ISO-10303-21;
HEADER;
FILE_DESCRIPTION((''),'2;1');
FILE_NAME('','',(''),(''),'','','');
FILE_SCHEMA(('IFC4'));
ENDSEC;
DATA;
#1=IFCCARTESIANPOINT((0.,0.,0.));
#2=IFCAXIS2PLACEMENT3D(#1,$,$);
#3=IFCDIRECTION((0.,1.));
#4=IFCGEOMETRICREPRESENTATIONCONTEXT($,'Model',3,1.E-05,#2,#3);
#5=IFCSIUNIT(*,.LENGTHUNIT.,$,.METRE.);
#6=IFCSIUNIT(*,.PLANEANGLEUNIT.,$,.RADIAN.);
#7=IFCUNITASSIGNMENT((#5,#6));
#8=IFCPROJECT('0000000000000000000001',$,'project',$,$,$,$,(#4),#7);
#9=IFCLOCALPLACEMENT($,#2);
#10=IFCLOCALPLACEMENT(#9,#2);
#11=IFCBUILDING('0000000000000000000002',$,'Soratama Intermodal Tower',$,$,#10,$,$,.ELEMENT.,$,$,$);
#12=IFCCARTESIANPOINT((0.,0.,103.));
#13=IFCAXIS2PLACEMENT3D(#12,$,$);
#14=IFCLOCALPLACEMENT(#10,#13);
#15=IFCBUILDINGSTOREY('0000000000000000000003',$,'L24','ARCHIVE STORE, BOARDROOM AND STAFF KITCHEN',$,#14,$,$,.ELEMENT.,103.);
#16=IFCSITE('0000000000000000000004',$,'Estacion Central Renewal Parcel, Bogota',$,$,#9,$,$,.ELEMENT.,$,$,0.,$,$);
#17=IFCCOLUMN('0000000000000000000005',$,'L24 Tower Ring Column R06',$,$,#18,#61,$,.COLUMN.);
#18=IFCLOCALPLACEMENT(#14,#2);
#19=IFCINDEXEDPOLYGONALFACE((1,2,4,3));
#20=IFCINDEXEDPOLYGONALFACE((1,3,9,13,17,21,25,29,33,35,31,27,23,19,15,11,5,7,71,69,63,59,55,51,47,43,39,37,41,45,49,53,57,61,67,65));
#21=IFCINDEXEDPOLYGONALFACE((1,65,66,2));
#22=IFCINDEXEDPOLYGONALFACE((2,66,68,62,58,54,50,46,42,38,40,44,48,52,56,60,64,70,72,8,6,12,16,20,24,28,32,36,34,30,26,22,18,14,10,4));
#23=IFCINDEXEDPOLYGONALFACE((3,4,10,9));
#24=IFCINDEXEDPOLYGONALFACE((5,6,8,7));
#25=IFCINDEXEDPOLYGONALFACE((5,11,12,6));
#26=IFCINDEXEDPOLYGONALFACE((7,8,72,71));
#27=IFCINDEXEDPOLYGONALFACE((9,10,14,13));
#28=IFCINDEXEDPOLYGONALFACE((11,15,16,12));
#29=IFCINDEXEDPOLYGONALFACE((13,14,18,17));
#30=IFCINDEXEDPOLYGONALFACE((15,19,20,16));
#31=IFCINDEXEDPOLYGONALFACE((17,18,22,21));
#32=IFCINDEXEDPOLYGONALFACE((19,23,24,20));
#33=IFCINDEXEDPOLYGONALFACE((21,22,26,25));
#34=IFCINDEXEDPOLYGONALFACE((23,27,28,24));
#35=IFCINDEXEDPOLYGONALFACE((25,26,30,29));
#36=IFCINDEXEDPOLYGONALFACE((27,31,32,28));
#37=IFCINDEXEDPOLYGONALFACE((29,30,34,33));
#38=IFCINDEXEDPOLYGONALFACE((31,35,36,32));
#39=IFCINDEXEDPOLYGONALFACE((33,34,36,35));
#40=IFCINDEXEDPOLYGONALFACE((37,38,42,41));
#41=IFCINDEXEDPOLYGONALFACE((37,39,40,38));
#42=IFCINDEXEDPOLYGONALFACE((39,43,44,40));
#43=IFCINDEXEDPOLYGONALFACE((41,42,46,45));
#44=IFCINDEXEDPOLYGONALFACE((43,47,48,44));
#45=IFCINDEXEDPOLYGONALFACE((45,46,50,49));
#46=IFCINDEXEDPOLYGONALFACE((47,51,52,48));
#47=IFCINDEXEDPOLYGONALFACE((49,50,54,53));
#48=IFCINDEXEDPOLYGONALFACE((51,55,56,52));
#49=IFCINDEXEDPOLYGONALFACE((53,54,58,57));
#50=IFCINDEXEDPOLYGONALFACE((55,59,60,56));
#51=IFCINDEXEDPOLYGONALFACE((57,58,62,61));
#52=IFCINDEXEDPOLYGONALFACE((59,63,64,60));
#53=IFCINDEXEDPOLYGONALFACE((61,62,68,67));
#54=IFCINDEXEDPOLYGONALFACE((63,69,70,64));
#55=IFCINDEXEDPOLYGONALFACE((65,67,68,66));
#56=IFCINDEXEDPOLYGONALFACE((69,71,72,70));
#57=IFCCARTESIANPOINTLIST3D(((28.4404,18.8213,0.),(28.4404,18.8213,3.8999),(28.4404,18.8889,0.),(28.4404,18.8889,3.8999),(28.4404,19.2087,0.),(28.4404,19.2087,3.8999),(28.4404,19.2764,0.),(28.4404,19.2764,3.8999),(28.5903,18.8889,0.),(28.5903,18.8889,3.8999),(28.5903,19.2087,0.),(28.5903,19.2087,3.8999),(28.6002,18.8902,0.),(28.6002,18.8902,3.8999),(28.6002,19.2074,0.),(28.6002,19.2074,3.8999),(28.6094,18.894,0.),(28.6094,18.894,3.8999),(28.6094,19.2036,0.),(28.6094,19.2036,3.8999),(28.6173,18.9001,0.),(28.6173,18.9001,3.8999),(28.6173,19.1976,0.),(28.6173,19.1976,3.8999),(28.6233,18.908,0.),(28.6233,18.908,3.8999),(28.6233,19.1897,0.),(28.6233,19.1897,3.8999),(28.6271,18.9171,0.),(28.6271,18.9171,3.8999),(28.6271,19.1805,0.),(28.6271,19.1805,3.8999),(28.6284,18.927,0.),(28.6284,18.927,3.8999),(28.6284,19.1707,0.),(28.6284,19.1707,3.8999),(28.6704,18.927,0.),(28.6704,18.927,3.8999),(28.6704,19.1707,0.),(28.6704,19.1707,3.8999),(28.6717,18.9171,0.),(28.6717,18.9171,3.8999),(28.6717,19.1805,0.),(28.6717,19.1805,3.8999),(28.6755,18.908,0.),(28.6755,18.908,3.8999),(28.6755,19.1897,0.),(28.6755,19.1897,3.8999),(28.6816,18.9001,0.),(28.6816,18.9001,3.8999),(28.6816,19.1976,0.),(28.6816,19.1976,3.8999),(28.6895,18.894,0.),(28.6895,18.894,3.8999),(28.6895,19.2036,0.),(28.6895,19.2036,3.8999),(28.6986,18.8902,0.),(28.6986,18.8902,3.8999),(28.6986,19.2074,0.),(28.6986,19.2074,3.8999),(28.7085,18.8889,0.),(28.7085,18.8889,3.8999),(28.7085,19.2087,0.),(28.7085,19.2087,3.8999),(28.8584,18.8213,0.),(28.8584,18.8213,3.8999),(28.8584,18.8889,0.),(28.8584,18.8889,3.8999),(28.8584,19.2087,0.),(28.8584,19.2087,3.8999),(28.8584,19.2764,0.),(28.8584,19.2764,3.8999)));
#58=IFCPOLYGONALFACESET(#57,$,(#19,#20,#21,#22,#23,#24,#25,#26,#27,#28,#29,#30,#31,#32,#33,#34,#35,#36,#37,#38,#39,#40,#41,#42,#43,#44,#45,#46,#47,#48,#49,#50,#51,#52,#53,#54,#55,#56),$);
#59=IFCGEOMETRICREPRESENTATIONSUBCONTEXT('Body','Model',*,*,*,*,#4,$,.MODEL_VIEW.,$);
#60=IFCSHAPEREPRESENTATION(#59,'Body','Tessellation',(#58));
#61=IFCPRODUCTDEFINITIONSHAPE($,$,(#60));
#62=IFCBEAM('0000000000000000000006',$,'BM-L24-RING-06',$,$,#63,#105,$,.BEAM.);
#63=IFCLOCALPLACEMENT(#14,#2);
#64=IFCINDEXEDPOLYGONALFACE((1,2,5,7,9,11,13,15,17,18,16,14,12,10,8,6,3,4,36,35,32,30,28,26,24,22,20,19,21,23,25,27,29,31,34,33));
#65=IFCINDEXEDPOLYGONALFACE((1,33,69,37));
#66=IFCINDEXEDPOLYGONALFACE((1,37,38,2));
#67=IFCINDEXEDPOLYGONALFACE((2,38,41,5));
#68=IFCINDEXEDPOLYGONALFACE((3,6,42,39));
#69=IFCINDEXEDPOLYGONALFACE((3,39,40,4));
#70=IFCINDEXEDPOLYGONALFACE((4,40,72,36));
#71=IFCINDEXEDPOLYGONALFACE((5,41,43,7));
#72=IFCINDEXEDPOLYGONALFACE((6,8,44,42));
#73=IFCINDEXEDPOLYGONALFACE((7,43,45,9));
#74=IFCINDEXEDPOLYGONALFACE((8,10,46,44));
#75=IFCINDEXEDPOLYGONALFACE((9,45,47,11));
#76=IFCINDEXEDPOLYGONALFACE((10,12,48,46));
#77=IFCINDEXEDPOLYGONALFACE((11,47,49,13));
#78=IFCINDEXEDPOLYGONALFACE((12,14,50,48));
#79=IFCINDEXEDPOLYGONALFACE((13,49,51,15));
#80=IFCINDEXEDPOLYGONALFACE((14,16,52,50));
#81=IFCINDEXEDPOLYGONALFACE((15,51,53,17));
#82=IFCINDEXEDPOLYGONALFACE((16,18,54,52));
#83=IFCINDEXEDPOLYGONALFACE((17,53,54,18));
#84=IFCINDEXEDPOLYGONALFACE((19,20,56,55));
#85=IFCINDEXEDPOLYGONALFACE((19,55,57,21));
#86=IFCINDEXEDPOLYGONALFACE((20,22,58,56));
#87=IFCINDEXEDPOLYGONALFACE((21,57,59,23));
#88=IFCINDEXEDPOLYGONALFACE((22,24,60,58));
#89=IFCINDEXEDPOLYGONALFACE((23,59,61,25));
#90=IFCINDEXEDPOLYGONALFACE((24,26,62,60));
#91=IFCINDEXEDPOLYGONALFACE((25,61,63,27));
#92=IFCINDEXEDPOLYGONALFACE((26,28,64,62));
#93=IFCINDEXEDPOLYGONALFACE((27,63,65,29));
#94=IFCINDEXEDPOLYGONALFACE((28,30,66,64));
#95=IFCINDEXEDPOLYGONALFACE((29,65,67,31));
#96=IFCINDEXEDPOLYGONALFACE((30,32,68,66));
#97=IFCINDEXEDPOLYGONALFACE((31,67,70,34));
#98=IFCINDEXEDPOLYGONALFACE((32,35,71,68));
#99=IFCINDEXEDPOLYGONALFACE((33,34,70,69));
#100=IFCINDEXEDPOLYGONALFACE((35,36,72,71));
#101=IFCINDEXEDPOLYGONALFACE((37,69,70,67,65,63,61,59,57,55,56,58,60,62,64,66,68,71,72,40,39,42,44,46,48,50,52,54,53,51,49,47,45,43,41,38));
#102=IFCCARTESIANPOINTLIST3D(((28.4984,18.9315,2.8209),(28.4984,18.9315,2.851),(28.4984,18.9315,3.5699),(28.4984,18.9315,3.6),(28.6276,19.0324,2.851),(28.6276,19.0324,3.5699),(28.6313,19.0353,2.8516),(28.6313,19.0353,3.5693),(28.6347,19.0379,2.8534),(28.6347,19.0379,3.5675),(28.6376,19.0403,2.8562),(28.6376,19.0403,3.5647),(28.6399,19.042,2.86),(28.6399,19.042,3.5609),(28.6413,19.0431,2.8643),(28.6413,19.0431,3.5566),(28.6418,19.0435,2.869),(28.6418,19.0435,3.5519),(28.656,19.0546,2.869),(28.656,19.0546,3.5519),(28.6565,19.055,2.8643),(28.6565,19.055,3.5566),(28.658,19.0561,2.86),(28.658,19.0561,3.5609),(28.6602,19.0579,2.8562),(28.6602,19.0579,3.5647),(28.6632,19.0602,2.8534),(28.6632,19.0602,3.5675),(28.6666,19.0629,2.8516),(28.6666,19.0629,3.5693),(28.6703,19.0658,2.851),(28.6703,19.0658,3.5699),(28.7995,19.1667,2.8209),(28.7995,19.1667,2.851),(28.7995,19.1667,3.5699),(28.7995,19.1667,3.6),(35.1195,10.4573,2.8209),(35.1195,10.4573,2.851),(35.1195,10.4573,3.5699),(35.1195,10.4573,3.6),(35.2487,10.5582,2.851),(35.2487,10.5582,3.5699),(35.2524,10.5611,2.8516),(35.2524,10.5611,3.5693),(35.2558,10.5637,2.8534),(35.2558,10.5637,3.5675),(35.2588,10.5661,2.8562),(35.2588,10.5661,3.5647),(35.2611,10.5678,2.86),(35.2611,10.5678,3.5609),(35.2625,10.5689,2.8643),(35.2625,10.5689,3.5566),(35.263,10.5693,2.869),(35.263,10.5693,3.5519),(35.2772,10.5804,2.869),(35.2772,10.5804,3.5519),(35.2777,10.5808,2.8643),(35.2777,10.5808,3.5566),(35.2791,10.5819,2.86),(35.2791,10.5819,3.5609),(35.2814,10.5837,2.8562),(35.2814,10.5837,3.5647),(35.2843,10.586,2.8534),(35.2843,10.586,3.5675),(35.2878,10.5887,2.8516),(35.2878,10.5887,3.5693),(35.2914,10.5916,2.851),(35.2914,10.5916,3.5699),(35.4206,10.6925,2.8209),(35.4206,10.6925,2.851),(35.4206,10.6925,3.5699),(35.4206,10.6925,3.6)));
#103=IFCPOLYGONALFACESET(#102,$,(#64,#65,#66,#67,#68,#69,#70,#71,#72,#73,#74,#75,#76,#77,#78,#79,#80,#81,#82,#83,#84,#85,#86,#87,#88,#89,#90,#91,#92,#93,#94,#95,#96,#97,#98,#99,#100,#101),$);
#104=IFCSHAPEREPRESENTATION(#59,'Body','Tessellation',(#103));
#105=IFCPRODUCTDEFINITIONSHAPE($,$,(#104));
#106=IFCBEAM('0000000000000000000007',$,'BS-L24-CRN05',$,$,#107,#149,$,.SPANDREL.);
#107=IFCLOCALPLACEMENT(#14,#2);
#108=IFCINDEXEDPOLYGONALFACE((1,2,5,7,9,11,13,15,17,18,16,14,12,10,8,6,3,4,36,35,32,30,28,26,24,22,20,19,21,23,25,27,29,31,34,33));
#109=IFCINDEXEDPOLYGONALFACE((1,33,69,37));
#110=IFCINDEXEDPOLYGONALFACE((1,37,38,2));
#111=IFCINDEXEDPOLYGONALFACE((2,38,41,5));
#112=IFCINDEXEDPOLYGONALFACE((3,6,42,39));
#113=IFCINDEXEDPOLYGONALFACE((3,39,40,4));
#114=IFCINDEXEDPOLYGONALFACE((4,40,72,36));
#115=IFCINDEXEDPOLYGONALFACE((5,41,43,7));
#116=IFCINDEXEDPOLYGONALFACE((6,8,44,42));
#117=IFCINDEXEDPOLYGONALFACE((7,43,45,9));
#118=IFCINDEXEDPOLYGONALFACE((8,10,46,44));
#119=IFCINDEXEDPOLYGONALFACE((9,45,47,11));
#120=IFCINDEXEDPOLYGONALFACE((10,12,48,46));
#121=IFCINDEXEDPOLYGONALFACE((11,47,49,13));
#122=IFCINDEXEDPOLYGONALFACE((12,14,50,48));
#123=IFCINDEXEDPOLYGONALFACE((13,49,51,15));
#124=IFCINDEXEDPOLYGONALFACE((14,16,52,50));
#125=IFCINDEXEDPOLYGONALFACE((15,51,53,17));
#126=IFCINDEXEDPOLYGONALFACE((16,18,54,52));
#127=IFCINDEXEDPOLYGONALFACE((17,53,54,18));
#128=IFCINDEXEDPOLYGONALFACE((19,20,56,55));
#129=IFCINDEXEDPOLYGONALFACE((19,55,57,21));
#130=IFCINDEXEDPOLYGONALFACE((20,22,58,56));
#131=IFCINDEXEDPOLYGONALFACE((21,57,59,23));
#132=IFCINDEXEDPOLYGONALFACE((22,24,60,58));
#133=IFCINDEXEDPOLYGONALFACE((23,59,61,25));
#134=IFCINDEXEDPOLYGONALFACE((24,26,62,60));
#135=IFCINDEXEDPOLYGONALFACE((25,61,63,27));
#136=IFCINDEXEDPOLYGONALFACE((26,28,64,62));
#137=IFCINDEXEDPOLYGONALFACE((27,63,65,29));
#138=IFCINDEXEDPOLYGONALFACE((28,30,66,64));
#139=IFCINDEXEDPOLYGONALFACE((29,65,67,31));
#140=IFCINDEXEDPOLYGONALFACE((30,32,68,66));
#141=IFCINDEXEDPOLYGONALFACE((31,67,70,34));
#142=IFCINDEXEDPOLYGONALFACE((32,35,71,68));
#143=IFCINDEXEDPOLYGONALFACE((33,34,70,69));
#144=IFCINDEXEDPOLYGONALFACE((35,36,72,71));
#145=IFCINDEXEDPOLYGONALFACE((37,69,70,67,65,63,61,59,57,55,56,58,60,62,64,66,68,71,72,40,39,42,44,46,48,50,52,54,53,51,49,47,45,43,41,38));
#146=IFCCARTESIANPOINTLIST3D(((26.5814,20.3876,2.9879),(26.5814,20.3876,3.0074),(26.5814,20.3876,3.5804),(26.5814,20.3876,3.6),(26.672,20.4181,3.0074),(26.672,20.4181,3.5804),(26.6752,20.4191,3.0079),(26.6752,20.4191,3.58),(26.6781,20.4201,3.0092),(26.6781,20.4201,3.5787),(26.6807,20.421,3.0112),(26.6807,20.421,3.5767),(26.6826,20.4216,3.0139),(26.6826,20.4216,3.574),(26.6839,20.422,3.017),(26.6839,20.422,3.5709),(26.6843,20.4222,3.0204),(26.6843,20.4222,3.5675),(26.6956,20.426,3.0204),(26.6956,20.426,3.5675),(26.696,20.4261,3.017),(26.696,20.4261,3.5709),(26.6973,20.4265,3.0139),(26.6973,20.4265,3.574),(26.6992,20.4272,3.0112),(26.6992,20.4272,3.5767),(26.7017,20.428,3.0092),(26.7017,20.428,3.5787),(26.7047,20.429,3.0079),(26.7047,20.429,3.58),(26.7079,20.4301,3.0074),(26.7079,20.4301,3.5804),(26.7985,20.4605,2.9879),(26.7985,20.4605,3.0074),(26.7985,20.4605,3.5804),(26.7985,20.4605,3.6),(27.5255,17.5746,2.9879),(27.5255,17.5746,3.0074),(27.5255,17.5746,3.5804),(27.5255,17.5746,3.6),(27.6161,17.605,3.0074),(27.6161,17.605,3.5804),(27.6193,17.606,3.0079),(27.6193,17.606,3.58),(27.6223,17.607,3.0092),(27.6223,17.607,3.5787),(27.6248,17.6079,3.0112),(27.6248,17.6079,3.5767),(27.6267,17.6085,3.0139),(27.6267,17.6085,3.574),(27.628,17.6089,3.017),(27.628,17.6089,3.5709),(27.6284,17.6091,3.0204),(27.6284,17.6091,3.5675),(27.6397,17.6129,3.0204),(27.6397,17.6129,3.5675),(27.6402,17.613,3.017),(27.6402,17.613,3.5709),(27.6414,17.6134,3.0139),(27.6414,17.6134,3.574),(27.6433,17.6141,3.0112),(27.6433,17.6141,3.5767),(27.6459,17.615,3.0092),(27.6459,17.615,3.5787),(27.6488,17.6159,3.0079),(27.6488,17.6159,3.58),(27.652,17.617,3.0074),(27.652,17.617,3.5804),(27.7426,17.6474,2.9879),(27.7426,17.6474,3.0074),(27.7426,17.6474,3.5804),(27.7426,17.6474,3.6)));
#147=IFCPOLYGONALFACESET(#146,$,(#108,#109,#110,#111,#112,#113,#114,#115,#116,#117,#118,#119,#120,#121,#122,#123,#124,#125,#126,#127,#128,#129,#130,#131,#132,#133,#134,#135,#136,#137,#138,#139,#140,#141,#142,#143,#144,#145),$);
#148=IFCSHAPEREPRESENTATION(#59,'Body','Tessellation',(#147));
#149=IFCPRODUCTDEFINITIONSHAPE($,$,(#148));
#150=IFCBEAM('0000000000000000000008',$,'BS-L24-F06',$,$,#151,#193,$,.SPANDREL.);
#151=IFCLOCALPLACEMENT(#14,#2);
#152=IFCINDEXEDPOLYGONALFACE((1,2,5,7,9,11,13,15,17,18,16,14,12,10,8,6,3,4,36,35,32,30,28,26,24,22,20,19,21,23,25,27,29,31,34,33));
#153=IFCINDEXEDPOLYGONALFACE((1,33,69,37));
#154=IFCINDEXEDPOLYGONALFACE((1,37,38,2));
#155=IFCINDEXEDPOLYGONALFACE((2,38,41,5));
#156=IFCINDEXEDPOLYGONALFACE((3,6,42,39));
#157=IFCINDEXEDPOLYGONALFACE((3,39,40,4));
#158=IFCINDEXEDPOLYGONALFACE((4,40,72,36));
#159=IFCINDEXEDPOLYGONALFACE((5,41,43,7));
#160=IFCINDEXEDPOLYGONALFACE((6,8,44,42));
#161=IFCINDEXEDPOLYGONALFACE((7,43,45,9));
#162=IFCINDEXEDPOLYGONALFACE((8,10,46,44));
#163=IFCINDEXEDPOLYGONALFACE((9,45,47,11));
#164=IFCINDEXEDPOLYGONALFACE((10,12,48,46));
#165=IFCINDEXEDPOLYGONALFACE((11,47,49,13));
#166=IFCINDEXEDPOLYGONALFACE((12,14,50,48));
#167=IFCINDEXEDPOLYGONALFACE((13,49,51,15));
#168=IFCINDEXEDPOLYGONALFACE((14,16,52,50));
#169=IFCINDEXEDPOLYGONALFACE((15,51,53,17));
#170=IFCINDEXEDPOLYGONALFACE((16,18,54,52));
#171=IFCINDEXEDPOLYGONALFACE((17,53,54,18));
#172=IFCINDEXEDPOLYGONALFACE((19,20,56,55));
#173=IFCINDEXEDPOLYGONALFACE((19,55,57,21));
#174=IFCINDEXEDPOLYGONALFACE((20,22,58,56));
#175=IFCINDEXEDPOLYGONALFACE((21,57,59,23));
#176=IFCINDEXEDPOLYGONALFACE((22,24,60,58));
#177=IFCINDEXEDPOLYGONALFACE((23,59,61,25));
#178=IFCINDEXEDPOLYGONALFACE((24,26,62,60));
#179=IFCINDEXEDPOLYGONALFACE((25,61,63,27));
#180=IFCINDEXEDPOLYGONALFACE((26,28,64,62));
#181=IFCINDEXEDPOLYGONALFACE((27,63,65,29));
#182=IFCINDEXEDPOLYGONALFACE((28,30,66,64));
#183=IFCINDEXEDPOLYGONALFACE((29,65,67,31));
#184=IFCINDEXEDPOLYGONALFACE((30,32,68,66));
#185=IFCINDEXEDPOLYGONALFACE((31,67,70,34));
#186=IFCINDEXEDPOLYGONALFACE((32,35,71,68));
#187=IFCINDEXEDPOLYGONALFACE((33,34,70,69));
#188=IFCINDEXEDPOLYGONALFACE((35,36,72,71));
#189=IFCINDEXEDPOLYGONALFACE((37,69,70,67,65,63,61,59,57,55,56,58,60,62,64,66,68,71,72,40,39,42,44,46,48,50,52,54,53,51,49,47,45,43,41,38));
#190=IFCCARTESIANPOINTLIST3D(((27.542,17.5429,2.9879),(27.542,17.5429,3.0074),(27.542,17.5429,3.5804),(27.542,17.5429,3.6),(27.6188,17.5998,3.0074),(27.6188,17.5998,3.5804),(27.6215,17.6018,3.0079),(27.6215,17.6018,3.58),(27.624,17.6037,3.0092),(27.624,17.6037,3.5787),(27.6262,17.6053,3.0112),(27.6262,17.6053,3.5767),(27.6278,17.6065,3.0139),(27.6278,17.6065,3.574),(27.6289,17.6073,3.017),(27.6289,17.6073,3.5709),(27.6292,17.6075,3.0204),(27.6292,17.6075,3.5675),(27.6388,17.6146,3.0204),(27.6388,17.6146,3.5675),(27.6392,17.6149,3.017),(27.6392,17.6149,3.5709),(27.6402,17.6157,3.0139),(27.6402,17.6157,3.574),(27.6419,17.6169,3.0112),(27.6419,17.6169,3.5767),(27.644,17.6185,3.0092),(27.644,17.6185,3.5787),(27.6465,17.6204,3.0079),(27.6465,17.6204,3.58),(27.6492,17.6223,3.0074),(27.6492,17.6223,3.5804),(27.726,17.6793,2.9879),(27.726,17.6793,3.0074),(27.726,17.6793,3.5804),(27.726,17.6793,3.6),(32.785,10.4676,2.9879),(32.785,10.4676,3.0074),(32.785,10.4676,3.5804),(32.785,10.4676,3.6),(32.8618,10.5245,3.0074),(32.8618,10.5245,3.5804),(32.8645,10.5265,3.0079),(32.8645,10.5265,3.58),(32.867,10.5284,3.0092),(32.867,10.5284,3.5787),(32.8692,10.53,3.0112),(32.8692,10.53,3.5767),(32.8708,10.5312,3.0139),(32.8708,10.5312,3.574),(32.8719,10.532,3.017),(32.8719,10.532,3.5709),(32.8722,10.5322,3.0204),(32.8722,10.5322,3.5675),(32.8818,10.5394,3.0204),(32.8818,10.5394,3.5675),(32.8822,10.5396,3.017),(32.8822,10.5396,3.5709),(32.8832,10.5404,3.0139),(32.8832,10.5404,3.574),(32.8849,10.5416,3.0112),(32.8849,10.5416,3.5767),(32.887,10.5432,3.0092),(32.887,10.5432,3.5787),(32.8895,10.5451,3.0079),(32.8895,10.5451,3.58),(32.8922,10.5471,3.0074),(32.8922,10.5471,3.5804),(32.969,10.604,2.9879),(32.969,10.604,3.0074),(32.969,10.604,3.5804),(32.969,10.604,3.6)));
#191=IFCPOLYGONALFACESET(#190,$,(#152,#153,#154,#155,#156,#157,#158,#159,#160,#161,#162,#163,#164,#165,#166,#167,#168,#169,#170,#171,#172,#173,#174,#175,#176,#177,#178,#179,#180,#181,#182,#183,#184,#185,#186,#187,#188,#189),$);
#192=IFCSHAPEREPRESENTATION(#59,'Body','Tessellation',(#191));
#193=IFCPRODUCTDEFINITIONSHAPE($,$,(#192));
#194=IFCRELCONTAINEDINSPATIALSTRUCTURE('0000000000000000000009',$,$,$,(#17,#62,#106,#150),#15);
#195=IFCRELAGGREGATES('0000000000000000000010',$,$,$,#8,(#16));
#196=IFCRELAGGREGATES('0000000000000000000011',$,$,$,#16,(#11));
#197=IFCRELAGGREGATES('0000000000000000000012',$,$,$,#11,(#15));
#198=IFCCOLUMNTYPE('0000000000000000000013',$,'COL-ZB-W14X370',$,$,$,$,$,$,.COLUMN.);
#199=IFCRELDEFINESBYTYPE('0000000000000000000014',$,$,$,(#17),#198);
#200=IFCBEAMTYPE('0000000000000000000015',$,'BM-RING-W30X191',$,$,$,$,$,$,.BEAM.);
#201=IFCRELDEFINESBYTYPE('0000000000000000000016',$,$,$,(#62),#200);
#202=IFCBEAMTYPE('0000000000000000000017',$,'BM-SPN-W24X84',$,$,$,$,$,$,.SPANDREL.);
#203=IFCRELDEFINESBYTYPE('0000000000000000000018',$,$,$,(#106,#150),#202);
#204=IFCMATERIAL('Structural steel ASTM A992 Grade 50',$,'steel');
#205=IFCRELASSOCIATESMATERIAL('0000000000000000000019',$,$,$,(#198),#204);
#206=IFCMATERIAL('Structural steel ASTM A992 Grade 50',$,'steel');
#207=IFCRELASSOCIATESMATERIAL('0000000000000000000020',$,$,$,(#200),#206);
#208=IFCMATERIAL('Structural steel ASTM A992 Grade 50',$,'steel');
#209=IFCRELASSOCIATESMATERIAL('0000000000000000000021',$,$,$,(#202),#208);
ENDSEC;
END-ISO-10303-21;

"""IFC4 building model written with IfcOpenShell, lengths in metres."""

from ifc_helpers import new_model, si_unit, direction, frame, origin, origin_2d, place, context, subcontext, project, spatial, i_section, extrude, material, material_profile, profile_set, type_object, element, save


model = new_model("IFC4")

# Units and contexts
model_context = context("Model", 3, precision=1e-05, world=origin(), true_north=direction((0.0, 1.0)))
body_context = subcontext(model_context, "Body", "Model", "MODEL_VIEW")
ifc_project = project(units=[si_unit("LENGTHUNIT", "METRE"), si_unit("PLANEANGLEUNIT", "RADIAN")], contexts=[model_context])

# Site, building, storey
site_placement = place(None, origin())
site = spatial("IfcSite", under=ifc_project, at=site_placement, Name="Estacion Central Renewal Parcel, Bogota", CompositionType="ELEMENT", RefElevation=0.0)
building_placement = place(site_placement, origin())
building = spatial("IfcBuilding", under=site, at=building_placement, Name="Soratama Intermodal Tower", CompositionType="ELEMENT")
storey_placement = place(building_placement, frame((0.0, 0.0, 103.0)))
storey = spatial("IfcBuildingStorey", under=building, at=storey_placement, Name="L24", Description="ARCHIVE STORE, BOARDROOM AND STAFF KITCHEN", CompositionType="ELEMENT", Elevation=103.0)

# Column
ifc_material_1 = material(Name="Structural steel ASTM A992 Grade 50", Category="steel")
ifc_material_profile_1 = material_profile(ifc_material_1, i_section(OverallWidth=0.418, OverallDepth=0.4551, WebThickness=0.042, FlangeThickness=0.0676, FilletRadius=0.0381, at=origin_2d()), Name="W14X370")
ifc_profile_set_1 = profile_set([ifc_material_profile_1], Name="Structural steel ASTM A992 Grade 50")
column_type = type_object("IfcColumnType", Name="COL-ZB-W14X370", PredefinedType="COLUMN", material=ifc_profile_set_1)
column_placement = place(storey_placement, frame((28.6494, 19.0488, 0.0), z_axis=(0.0, 0.0, 1.0), x_axis=(1.0, 0.0, 0.0)))
element("IfcColumn", 1, at=column_placement, inside=storey, type_object=column_type, Name="L24 Tower Ring Column R06", PredefinedType="COLUMN", context=body_context, shape_type="SweptSolid", body=[
    extrude(i_section(OverallWidth=0.418, OverallDepth=0.4551, WebThickness=0.042, FlangeThickness=0.0676, FilletRadius=0.0381, at=origin_2d()), origin(), (0.0, 0.0, 1.0), 3.8999),
])

# Beams
ifc_material_2 = material(Name="Structural steel ASTM A992 Grade 50", Category="steel")
ifc_material_profile_2 = material_profile(ifc_material_2, i_section(OverallWidth=0.3821, OverallDepth=0.7791, WebThickness=0.0181, FlangeThickness=0.03, FilletRadius=0.0181, at=origin_2d()), Name="W30X191")
ifc_profile_set_2 = profile_set([ifc_material_profile_2], Name="Structural steel ASTM A992 Grade 50")
beam_type_1 = type_object("IfcBeamType", Name="BM-RING-W30X191", PredefinedType="BEAM", material=ifc_profile_set_2)
beam_1_placement = place(storey_placement, frame((28.6489, 19.0491, 3.2104), z_axis=(0.615684, -0.787993, 0.0), x_axis=(0.787993, 0.615684, 0.0)))
element("IfcBeam", 2, at=beam_1_placement, inside=storey, type_object=beam_type_1, Name="BM-L24-RING-06", PredefinedType="BEAM", context=body_context, shape_type="SweptSolid", body=[
    extrude(i_section(OverallWidth=0.3821, OverallDepth=0.7791, WebThickness=0.0181, FlangeThickness=0.03, FilletRadius=0.0181, at=origin_2d()), origin(), (0.0, 0.0, 1.0), 10.7542),
])
ifc_material_3 = material(Name="Structural steel ASTM A992 Grade 50", Category="steel")
ifc_material_profile_3 = material_profile(ifc_material_3, i_section(OverallWidth=0.229, OverallDepth=0.6121, WebThickness=0.012, FlangeThickness=0.0195, FilletRadius=0.0129, at=origin_2d()), Name="W24X84")
ifc_profile_set_3 = profile_set([ifc_material_profile_3], Name="Structural steel ASTM A992 Grade 50")
beam_type_2 = type_object("IfcBeamType", Name="BM-SPN-W24X84", PredefinedType="SPANDREL", material=ifc_profile_set_3)
beam_2_placement = place(storey_placement, frame((26.6899, 20.4241, 3.2939), z_axis=(0.318177, -0.948031, 0.0), x_axis=(0.948031, 0.318177, 0.0)))
element("IfcBeam", 3, at=beam_2_placement, inside=storey, type_object=beam_type_2, Name="BS-L24-CRN05", PredefinedType="SPANDREL", context=body_context, shape_type="SweptSolid", body=[
    extrude(i_section(OverallWidth=0.229, OverallDepth=0.6121, WebThickness=0.012, FlangeThickness=0.0195, FilletRadius=0.0129, at=origin_2d()), origin(), (0.0, 0.0, 1.0), 2.9673),
])
beam_3_placement = place(storey_placement, frame((27.634, 17.6111, 3.2939), z_axis=(0.595377, -0.803447, 0.0), x_axis=(0.803447, 0.595377, 0.0)))
element("IfcBeam", 4, at=beam_3_placement, inside=storey, type_object=beam_type_2, Name="BS-L24-F06", PredefinedType="SPANDREL", context=body_context, shape_type="SweptSolid", body=[
    extrude(i_section(OverallWidth=0.229, OverallDepth=0.6121, WebThickness=0.012, FlangeThickness=0.0195, FilletRadius=0.0129, at=origin_2d()), origin(), (0.0, 0.0, 1.0), 8.8062),
])

save(model, "model.ifc")
